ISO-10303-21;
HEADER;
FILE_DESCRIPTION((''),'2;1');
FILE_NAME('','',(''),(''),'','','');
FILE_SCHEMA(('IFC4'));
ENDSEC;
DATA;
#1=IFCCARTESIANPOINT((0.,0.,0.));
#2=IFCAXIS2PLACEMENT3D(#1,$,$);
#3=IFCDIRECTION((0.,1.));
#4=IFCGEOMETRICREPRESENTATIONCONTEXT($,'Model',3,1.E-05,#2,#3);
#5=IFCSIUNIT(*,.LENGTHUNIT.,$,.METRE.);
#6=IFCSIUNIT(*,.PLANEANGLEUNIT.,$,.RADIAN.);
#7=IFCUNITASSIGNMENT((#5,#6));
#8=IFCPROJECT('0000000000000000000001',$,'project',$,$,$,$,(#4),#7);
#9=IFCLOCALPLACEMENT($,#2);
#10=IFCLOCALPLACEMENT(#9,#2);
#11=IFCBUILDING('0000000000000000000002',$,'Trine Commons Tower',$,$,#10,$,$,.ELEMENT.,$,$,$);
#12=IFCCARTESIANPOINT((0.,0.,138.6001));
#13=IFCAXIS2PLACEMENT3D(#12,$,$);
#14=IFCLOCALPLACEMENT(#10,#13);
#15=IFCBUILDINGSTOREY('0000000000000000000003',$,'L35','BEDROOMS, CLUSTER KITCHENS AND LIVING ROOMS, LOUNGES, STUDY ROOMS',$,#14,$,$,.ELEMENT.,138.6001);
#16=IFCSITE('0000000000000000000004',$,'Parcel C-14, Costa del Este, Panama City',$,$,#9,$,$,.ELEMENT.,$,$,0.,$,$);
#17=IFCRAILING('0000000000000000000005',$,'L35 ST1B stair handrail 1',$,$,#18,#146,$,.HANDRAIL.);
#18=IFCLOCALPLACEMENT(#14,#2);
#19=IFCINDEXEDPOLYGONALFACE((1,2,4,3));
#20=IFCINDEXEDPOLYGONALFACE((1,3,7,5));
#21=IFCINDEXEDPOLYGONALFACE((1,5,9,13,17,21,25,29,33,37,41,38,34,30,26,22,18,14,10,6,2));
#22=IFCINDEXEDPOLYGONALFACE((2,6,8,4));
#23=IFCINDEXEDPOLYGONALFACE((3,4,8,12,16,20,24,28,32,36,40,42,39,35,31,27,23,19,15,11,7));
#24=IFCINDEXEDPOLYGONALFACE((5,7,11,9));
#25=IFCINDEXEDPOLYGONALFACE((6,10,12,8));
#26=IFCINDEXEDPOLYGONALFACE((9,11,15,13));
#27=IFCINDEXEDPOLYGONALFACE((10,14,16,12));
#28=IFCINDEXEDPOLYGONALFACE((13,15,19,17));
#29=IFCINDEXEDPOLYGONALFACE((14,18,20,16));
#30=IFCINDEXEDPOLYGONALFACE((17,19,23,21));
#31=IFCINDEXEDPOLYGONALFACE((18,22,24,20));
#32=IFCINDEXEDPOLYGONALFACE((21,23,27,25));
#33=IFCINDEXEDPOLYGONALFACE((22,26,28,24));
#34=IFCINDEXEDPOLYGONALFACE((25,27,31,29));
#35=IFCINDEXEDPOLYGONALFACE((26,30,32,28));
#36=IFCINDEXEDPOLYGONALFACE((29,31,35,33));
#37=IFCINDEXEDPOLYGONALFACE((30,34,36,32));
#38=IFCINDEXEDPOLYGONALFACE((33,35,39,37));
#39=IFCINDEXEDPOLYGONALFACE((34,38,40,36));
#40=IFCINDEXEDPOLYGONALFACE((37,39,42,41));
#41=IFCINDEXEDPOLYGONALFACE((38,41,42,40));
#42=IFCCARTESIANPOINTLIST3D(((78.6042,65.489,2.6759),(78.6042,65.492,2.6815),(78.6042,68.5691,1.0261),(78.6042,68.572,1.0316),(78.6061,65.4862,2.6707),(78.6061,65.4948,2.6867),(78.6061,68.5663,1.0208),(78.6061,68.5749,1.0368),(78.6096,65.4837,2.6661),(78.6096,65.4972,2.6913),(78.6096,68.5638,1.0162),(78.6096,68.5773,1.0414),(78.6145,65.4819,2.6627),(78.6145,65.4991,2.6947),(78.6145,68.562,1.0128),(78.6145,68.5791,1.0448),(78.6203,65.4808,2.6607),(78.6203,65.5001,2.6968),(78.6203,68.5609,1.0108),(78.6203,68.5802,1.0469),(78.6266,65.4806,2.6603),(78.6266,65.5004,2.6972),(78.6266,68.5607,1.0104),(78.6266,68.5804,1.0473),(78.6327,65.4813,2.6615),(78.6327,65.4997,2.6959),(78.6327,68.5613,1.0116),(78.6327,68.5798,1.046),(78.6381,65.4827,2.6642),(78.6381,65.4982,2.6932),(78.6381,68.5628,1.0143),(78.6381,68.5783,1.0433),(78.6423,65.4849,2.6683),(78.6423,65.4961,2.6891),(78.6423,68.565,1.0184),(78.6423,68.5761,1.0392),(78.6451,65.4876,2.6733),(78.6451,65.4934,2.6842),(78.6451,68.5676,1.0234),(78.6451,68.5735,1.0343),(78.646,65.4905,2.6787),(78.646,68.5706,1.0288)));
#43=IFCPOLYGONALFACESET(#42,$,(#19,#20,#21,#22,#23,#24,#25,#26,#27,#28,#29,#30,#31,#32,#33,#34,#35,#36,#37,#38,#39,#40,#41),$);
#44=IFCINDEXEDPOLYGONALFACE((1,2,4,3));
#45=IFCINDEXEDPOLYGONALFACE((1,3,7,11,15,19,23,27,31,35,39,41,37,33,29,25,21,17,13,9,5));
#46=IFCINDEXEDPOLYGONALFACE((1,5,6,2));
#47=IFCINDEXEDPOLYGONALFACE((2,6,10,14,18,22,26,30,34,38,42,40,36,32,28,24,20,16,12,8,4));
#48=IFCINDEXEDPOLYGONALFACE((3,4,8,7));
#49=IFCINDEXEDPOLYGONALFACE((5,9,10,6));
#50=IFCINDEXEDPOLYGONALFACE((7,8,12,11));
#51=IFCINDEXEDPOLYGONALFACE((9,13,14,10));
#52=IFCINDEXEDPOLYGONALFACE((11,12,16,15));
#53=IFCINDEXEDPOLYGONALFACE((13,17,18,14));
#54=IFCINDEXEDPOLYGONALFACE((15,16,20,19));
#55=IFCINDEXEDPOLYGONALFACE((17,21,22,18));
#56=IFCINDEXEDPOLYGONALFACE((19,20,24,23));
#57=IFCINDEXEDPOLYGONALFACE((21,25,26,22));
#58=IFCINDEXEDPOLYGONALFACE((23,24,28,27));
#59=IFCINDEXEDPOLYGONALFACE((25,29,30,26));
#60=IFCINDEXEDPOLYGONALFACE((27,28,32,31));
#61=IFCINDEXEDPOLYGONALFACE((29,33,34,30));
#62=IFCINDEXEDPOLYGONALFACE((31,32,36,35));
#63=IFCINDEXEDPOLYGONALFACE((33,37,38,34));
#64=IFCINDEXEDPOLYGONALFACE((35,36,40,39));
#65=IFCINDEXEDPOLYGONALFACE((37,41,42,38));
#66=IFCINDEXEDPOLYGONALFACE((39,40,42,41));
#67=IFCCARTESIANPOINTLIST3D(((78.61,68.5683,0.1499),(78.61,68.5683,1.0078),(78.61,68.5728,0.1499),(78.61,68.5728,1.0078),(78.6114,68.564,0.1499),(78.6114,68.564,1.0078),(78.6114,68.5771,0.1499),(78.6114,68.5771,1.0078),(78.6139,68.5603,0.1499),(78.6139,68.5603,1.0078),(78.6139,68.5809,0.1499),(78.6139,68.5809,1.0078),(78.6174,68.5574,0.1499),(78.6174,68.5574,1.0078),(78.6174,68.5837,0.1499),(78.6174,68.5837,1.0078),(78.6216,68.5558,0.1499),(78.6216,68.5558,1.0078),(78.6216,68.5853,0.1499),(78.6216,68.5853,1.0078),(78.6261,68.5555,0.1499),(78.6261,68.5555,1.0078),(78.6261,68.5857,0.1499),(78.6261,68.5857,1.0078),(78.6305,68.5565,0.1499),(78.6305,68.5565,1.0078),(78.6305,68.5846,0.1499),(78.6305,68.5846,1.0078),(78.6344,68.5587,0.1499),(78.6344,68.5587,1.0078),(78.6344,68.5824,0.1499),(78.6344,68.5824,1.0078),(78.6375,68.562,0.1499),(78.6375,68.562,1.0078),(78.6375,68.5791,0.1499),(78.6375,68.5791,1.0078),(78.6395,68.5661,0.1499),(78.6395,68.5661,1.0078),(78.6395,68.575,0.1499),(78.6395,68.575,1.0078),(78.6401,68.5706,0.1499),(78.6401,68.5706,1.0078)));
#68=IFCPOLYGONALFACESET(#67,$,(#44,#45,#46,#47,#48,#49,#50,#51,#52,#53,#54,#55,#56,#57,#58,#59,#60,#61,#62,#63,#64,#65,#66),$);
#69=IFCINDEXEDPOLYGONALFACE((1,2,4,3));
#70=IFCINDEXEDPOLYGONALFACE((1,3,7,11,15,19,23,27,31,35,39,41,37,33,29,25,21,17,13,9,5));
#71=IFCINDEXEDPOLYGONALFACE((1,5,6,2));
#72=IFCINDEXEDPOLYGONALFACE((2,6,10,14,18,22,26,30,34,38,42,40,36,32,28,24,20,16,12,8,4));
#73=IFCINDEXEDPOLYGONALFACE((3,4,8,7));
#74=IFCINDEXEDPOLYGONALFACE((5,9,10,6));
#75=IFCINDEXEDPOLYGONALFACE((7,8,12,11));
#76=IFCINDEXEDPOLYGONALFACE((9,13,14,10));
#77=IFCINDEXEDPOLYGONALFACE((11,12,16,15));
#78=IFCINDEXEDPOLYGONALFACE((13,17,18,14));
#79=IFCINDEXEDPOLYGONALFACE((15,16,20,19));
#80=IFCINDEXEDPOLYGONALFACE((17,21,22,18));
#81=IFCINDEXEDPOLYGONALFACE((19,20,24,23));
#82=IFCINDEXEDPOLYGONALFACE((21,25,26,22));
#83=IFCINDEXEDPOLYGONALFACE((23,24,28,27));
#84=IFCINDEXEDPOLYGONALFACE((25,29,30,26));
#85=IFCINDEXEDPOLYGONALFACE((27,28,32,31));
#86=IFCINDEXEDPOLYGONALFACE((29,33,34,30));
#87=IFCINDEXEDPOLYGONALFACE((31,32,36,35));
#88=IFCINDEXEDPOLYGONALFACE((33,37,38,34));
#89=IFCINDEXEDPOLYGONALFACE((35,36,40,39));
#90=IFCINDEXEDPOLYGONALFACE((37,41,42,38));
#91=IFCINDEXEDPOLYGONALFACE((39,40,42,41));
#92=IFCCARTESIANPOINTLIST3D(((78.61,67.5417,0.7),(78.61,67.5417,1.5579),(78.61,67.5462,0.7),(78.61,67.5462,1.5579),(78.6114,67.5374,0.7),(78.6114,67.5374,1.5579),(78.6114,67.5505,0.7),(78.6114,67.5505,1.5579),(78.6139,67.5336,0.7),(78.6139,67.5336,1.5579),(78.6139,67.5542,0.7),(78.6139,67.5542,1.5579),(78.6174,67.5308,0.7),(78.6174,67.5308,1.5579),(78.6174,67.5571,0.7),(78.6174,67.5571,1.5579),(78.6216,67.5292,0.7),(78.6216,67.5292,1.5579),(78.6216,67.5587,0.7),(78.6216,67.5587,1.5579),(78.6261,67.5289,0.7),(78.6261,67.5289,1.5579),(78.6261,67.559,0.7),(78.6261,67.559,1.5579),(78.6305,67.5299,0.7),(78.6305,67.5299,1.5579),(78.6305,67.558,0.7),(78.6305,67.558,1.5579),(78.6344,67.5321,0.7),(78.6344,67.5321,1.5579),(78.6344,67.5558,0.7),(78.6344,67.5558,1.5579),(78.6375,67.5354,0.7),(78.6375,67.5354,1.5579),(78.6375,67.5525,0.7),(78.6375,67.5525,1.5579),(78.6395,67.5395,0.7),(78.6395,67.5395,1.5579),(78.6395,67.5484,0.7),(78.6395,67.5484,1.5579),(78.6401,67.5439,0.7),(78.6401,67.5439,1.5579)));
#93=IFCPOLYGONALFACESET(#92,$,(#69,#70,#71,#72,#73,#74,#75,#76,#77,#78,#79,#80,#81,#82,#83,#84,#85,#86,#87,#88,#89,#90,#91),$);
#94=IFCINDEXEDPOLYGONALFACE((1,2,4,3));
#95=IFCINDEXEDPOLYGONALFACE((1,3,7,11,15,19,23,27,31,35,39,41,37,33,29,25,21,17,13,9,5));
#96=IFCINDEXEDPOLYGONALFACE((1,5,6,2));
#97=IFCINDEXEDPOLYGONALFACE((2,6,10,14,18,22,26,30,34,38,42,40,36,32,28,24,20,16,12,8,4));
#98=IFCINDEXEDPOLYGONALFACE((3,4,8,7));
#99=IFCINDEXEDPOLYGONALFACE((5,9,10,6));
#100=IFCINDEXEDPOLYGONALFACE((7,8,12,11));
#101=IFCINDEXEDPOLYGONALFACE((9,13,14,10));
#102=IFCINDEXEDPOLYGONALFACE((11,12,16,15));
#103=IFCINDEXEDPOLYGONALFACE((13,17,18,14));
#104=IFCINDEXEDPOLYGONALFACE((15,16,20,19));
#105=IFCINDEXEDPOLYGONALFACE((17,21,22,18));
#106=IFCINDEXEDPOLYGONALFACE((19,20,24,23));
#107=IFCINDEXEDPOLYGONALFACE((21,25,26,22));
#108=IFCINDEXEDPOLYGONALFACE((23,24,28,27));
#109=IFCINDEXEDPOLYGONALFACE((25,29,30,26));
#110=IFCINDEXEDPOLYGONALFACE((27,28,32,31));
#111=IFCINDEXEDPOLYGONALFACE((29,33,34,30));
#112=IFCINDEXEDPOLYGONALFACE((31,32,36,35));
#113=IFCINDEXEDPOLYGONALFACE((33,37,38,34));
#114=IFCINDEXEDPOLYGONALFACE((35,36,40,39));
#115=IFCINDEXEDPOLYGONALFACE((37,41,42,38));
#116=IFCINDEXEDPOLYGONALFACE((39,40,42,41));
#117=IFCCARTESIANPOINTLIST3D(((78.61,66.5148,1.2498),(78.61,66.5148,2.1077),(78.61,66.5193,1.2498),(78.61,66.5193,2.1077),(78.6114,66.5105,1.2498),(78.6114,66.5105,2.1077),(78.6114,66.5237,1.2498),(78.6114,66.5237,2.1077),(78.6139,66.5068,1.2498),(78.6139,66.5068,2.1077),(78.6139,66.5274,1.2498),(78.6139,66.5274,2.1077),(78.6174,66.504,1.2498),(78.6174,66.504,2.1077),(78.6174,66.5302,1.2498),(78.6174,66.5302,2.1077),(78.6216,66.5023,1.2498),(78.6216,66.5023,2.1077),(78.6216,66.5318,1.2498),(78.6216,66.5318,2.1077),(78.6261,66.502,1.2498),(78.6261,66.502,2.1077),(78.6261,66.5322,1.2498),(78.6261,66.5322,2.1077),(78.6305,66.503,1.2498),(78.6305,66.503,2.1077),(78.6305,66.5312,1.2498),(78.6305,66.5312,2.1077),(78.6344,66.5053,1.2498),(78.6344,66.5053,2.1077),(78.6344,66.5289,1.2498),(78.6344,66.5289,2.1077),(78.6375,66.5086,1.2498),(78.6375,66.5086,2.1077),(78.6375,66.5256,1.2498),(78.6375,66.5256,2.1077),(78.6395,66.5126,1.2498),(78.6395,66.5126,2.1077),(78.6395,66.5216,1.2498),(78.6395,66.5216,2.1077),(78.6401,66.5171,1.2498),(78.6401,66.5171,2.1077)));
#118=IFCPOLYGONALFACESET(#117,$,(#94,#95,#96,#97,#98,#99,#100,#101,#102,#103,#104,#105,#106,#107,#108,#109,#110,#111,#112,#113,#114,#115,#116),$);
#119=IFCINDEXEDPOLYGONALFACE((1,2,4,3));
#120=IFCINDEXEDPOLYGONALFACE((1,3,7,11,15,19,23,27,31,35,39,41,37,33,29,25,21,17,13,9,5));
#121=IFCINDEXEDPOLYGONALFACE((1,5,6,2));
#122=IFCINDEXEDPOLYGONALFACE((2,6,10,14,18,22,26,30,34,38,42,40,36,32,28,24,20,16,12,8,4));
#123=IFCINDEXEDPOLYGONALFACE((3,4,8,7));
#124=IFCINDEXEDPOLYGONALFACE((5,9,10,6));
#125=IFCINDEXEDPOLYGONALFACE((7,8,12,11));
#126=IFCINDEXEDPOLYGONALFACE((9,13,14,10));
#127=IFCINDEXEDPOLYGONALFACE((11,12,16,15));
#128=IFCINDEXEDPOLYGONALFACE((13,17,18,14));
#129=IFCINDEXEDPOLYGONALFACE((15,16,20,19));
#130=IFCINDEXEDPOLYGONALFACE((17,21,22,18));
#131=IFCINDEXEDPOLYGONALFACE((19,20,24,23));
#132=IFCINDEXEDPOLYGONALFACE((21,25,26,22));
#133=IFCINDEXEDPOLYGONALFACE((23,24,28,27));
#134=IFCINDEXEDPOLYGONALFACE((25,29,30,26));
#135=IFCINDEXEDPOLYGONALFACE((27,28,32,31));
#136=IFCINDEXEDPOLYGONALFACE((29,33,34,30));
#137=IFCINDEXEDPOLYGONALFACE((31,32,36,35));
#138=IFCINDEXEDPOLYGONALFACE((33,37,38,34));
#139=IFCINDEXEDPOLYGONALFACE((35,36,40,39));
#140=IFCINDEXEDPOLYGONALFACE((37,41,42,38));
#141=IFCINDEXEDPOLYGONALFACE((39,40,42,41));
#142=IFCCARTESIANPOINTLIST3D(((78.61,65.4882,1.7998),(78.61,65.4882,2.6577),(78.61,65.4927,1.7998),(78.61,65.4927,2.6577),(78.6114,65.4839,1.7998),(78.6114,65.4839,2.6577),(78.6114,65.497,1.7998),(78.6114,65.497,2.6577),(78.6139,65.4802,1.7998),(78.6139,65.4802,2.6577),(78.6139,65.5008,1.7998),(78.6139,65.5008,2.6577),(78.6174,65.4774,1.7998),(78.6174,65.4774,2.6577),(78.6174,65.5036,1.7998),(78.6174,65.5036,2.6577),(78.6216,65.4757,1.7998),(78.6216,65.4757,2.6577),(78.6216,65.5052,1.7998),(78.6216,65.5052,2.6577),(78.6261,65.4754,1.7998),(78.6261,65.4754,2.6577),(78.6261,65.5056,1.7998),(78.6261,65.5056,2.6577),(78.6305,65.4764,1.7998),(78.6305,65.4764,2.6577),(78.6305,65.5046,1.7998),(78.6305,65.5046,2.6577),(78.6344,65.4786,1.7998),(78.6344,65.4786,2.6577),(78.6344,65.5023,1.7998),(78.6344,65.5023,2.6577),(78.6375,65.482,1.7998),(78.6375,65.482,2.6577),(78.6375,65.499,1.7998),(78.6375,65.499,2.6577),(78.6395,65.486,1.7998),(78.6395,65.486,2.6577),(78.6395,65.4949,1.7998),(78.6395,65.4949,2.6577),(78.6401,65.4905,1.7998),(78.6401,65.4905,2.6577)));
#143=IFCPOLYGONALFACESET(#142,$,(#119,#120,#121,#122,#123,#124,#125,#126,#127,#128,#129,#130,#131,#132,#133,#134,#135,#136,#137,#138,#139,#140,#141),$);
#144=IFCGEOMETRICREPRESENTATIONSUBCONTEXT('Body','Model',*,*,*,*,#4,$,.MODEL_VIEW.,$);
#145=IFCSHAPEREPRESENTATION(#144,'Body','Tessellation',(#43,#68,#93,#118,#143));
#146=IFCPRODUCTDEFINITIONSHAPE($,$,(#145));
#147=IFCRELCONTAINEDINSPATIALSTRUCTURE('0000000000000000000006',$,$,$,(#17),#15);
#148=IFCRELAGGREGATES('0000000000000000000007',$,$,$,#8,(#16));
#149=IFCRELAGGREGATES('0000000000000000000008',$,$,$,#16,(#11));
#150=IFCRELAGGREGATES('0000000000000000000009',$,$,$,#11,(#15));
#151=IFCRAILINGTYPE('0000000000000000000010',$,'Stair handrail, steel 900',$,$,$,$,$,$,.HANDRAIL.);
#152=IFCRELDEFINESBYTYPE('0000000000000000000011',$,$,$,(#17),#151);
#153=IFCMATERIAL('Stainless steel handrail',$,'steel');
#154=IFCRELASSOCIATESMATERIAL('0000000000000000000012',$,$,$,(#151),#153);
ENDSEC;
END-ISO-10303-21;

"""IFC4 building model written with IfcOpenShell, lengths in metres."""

from ifc_helpers import new_model, si_unit, direction, frame, origin, origin_2d, place, context, subcontext, project, spatial, circle, extrude, material, type_object, element, save


model = new_model("IFC4")

# Units and contexts
model_context = context("Model", 3, precision=1e-05, world=origin(), true_north=direction((0.0, 1.0)))
body_context = subcontext(model_context, "Body", "Model", "MODEL_VIEW")
ifc_project = project(units=[si_unit("LENGTHUNIT", "METRE"), si_unit("PLANEANGLEUNIT", "RADIAN")], contexts=[model_context])

# Site, building, storey
site_placement = place(None, origin())
site = spatial("IfcSite", under=ifc_project, at=site_placement, Name="Parcel C-14, Costa del Este, Panama City", CompositionType="ELEMENT", RefElevation=0.0)
building_placement = place(site_placement, origin())
building = spatial("IfcBuilding", under=site, at=building_placement, Name="Trine Commons Tower", CompositionType="ELEMENT")
storey_placement = place(building_placement, frame((0.0, 0.0, 138.6001)))
storey = spatial("IfcBuildingStorey", under=building, at=storey_placement, Name="L35", Description="BEDROOMS, CLUSTER KITCHENS AND LIVING ROOMS, LOUNGES, STUDY ROOMS", CompositionType="ELEMENT", Elevation=138.6001)

# Railing
ifc_material_1 = material(Name="Stainless steel handrail", Category="steel")
railing_type_1 = type_object("IfcRailingType", Name="Stair handrail, steel 900", PredefinedType="HANDRAIL", material=ifc_material_1)
railing_1_placement = place(storey_placement, frame((78.625, 68.5706, 0.1499)))
element("IfcRailing", 1, at=railing_1_placement, inside=storey, type_object=railing_type_1, Name="L35 ST1B stair handrail 1", PredefinedType="HANDRAIL", context=body_context, shape_type="SweptSolid", body=[
    extrude(circle(Radius=0.021, at=origin_2d()), frame((0.0, 0.0, 0.8789), z_axis=(0.0, -0.881497, 0.47219), x_axis=(1.0, 0.0, 0.0)), (0.0, 0.0, 1.0), 3.4941),
    extrude(circle(Radius=0.0151, at=origin_2d()), origin(), (0.0, 0.0, 1.0), 0.8579),
    extrude(circle(Radius=0.0151, at=origin_2d()), frame((0.0, -1.0266, 0.55)), (0.0, 0.0, 1.0), 0.8579),
    extrude(circle(Radius=0.0151, at=origin_2d()), frame((0.0, -2.0535, 1.0999)), (0.0, 0.0, 1.0), 0.8579),
    extrude(circle(Radius=0.0151, at=origin_2d()), frame((0.0, -3.0801, 1.6499)), (0.0, 0.0, 1.0), 0.8579),
])

save(model, "model.ifc")
